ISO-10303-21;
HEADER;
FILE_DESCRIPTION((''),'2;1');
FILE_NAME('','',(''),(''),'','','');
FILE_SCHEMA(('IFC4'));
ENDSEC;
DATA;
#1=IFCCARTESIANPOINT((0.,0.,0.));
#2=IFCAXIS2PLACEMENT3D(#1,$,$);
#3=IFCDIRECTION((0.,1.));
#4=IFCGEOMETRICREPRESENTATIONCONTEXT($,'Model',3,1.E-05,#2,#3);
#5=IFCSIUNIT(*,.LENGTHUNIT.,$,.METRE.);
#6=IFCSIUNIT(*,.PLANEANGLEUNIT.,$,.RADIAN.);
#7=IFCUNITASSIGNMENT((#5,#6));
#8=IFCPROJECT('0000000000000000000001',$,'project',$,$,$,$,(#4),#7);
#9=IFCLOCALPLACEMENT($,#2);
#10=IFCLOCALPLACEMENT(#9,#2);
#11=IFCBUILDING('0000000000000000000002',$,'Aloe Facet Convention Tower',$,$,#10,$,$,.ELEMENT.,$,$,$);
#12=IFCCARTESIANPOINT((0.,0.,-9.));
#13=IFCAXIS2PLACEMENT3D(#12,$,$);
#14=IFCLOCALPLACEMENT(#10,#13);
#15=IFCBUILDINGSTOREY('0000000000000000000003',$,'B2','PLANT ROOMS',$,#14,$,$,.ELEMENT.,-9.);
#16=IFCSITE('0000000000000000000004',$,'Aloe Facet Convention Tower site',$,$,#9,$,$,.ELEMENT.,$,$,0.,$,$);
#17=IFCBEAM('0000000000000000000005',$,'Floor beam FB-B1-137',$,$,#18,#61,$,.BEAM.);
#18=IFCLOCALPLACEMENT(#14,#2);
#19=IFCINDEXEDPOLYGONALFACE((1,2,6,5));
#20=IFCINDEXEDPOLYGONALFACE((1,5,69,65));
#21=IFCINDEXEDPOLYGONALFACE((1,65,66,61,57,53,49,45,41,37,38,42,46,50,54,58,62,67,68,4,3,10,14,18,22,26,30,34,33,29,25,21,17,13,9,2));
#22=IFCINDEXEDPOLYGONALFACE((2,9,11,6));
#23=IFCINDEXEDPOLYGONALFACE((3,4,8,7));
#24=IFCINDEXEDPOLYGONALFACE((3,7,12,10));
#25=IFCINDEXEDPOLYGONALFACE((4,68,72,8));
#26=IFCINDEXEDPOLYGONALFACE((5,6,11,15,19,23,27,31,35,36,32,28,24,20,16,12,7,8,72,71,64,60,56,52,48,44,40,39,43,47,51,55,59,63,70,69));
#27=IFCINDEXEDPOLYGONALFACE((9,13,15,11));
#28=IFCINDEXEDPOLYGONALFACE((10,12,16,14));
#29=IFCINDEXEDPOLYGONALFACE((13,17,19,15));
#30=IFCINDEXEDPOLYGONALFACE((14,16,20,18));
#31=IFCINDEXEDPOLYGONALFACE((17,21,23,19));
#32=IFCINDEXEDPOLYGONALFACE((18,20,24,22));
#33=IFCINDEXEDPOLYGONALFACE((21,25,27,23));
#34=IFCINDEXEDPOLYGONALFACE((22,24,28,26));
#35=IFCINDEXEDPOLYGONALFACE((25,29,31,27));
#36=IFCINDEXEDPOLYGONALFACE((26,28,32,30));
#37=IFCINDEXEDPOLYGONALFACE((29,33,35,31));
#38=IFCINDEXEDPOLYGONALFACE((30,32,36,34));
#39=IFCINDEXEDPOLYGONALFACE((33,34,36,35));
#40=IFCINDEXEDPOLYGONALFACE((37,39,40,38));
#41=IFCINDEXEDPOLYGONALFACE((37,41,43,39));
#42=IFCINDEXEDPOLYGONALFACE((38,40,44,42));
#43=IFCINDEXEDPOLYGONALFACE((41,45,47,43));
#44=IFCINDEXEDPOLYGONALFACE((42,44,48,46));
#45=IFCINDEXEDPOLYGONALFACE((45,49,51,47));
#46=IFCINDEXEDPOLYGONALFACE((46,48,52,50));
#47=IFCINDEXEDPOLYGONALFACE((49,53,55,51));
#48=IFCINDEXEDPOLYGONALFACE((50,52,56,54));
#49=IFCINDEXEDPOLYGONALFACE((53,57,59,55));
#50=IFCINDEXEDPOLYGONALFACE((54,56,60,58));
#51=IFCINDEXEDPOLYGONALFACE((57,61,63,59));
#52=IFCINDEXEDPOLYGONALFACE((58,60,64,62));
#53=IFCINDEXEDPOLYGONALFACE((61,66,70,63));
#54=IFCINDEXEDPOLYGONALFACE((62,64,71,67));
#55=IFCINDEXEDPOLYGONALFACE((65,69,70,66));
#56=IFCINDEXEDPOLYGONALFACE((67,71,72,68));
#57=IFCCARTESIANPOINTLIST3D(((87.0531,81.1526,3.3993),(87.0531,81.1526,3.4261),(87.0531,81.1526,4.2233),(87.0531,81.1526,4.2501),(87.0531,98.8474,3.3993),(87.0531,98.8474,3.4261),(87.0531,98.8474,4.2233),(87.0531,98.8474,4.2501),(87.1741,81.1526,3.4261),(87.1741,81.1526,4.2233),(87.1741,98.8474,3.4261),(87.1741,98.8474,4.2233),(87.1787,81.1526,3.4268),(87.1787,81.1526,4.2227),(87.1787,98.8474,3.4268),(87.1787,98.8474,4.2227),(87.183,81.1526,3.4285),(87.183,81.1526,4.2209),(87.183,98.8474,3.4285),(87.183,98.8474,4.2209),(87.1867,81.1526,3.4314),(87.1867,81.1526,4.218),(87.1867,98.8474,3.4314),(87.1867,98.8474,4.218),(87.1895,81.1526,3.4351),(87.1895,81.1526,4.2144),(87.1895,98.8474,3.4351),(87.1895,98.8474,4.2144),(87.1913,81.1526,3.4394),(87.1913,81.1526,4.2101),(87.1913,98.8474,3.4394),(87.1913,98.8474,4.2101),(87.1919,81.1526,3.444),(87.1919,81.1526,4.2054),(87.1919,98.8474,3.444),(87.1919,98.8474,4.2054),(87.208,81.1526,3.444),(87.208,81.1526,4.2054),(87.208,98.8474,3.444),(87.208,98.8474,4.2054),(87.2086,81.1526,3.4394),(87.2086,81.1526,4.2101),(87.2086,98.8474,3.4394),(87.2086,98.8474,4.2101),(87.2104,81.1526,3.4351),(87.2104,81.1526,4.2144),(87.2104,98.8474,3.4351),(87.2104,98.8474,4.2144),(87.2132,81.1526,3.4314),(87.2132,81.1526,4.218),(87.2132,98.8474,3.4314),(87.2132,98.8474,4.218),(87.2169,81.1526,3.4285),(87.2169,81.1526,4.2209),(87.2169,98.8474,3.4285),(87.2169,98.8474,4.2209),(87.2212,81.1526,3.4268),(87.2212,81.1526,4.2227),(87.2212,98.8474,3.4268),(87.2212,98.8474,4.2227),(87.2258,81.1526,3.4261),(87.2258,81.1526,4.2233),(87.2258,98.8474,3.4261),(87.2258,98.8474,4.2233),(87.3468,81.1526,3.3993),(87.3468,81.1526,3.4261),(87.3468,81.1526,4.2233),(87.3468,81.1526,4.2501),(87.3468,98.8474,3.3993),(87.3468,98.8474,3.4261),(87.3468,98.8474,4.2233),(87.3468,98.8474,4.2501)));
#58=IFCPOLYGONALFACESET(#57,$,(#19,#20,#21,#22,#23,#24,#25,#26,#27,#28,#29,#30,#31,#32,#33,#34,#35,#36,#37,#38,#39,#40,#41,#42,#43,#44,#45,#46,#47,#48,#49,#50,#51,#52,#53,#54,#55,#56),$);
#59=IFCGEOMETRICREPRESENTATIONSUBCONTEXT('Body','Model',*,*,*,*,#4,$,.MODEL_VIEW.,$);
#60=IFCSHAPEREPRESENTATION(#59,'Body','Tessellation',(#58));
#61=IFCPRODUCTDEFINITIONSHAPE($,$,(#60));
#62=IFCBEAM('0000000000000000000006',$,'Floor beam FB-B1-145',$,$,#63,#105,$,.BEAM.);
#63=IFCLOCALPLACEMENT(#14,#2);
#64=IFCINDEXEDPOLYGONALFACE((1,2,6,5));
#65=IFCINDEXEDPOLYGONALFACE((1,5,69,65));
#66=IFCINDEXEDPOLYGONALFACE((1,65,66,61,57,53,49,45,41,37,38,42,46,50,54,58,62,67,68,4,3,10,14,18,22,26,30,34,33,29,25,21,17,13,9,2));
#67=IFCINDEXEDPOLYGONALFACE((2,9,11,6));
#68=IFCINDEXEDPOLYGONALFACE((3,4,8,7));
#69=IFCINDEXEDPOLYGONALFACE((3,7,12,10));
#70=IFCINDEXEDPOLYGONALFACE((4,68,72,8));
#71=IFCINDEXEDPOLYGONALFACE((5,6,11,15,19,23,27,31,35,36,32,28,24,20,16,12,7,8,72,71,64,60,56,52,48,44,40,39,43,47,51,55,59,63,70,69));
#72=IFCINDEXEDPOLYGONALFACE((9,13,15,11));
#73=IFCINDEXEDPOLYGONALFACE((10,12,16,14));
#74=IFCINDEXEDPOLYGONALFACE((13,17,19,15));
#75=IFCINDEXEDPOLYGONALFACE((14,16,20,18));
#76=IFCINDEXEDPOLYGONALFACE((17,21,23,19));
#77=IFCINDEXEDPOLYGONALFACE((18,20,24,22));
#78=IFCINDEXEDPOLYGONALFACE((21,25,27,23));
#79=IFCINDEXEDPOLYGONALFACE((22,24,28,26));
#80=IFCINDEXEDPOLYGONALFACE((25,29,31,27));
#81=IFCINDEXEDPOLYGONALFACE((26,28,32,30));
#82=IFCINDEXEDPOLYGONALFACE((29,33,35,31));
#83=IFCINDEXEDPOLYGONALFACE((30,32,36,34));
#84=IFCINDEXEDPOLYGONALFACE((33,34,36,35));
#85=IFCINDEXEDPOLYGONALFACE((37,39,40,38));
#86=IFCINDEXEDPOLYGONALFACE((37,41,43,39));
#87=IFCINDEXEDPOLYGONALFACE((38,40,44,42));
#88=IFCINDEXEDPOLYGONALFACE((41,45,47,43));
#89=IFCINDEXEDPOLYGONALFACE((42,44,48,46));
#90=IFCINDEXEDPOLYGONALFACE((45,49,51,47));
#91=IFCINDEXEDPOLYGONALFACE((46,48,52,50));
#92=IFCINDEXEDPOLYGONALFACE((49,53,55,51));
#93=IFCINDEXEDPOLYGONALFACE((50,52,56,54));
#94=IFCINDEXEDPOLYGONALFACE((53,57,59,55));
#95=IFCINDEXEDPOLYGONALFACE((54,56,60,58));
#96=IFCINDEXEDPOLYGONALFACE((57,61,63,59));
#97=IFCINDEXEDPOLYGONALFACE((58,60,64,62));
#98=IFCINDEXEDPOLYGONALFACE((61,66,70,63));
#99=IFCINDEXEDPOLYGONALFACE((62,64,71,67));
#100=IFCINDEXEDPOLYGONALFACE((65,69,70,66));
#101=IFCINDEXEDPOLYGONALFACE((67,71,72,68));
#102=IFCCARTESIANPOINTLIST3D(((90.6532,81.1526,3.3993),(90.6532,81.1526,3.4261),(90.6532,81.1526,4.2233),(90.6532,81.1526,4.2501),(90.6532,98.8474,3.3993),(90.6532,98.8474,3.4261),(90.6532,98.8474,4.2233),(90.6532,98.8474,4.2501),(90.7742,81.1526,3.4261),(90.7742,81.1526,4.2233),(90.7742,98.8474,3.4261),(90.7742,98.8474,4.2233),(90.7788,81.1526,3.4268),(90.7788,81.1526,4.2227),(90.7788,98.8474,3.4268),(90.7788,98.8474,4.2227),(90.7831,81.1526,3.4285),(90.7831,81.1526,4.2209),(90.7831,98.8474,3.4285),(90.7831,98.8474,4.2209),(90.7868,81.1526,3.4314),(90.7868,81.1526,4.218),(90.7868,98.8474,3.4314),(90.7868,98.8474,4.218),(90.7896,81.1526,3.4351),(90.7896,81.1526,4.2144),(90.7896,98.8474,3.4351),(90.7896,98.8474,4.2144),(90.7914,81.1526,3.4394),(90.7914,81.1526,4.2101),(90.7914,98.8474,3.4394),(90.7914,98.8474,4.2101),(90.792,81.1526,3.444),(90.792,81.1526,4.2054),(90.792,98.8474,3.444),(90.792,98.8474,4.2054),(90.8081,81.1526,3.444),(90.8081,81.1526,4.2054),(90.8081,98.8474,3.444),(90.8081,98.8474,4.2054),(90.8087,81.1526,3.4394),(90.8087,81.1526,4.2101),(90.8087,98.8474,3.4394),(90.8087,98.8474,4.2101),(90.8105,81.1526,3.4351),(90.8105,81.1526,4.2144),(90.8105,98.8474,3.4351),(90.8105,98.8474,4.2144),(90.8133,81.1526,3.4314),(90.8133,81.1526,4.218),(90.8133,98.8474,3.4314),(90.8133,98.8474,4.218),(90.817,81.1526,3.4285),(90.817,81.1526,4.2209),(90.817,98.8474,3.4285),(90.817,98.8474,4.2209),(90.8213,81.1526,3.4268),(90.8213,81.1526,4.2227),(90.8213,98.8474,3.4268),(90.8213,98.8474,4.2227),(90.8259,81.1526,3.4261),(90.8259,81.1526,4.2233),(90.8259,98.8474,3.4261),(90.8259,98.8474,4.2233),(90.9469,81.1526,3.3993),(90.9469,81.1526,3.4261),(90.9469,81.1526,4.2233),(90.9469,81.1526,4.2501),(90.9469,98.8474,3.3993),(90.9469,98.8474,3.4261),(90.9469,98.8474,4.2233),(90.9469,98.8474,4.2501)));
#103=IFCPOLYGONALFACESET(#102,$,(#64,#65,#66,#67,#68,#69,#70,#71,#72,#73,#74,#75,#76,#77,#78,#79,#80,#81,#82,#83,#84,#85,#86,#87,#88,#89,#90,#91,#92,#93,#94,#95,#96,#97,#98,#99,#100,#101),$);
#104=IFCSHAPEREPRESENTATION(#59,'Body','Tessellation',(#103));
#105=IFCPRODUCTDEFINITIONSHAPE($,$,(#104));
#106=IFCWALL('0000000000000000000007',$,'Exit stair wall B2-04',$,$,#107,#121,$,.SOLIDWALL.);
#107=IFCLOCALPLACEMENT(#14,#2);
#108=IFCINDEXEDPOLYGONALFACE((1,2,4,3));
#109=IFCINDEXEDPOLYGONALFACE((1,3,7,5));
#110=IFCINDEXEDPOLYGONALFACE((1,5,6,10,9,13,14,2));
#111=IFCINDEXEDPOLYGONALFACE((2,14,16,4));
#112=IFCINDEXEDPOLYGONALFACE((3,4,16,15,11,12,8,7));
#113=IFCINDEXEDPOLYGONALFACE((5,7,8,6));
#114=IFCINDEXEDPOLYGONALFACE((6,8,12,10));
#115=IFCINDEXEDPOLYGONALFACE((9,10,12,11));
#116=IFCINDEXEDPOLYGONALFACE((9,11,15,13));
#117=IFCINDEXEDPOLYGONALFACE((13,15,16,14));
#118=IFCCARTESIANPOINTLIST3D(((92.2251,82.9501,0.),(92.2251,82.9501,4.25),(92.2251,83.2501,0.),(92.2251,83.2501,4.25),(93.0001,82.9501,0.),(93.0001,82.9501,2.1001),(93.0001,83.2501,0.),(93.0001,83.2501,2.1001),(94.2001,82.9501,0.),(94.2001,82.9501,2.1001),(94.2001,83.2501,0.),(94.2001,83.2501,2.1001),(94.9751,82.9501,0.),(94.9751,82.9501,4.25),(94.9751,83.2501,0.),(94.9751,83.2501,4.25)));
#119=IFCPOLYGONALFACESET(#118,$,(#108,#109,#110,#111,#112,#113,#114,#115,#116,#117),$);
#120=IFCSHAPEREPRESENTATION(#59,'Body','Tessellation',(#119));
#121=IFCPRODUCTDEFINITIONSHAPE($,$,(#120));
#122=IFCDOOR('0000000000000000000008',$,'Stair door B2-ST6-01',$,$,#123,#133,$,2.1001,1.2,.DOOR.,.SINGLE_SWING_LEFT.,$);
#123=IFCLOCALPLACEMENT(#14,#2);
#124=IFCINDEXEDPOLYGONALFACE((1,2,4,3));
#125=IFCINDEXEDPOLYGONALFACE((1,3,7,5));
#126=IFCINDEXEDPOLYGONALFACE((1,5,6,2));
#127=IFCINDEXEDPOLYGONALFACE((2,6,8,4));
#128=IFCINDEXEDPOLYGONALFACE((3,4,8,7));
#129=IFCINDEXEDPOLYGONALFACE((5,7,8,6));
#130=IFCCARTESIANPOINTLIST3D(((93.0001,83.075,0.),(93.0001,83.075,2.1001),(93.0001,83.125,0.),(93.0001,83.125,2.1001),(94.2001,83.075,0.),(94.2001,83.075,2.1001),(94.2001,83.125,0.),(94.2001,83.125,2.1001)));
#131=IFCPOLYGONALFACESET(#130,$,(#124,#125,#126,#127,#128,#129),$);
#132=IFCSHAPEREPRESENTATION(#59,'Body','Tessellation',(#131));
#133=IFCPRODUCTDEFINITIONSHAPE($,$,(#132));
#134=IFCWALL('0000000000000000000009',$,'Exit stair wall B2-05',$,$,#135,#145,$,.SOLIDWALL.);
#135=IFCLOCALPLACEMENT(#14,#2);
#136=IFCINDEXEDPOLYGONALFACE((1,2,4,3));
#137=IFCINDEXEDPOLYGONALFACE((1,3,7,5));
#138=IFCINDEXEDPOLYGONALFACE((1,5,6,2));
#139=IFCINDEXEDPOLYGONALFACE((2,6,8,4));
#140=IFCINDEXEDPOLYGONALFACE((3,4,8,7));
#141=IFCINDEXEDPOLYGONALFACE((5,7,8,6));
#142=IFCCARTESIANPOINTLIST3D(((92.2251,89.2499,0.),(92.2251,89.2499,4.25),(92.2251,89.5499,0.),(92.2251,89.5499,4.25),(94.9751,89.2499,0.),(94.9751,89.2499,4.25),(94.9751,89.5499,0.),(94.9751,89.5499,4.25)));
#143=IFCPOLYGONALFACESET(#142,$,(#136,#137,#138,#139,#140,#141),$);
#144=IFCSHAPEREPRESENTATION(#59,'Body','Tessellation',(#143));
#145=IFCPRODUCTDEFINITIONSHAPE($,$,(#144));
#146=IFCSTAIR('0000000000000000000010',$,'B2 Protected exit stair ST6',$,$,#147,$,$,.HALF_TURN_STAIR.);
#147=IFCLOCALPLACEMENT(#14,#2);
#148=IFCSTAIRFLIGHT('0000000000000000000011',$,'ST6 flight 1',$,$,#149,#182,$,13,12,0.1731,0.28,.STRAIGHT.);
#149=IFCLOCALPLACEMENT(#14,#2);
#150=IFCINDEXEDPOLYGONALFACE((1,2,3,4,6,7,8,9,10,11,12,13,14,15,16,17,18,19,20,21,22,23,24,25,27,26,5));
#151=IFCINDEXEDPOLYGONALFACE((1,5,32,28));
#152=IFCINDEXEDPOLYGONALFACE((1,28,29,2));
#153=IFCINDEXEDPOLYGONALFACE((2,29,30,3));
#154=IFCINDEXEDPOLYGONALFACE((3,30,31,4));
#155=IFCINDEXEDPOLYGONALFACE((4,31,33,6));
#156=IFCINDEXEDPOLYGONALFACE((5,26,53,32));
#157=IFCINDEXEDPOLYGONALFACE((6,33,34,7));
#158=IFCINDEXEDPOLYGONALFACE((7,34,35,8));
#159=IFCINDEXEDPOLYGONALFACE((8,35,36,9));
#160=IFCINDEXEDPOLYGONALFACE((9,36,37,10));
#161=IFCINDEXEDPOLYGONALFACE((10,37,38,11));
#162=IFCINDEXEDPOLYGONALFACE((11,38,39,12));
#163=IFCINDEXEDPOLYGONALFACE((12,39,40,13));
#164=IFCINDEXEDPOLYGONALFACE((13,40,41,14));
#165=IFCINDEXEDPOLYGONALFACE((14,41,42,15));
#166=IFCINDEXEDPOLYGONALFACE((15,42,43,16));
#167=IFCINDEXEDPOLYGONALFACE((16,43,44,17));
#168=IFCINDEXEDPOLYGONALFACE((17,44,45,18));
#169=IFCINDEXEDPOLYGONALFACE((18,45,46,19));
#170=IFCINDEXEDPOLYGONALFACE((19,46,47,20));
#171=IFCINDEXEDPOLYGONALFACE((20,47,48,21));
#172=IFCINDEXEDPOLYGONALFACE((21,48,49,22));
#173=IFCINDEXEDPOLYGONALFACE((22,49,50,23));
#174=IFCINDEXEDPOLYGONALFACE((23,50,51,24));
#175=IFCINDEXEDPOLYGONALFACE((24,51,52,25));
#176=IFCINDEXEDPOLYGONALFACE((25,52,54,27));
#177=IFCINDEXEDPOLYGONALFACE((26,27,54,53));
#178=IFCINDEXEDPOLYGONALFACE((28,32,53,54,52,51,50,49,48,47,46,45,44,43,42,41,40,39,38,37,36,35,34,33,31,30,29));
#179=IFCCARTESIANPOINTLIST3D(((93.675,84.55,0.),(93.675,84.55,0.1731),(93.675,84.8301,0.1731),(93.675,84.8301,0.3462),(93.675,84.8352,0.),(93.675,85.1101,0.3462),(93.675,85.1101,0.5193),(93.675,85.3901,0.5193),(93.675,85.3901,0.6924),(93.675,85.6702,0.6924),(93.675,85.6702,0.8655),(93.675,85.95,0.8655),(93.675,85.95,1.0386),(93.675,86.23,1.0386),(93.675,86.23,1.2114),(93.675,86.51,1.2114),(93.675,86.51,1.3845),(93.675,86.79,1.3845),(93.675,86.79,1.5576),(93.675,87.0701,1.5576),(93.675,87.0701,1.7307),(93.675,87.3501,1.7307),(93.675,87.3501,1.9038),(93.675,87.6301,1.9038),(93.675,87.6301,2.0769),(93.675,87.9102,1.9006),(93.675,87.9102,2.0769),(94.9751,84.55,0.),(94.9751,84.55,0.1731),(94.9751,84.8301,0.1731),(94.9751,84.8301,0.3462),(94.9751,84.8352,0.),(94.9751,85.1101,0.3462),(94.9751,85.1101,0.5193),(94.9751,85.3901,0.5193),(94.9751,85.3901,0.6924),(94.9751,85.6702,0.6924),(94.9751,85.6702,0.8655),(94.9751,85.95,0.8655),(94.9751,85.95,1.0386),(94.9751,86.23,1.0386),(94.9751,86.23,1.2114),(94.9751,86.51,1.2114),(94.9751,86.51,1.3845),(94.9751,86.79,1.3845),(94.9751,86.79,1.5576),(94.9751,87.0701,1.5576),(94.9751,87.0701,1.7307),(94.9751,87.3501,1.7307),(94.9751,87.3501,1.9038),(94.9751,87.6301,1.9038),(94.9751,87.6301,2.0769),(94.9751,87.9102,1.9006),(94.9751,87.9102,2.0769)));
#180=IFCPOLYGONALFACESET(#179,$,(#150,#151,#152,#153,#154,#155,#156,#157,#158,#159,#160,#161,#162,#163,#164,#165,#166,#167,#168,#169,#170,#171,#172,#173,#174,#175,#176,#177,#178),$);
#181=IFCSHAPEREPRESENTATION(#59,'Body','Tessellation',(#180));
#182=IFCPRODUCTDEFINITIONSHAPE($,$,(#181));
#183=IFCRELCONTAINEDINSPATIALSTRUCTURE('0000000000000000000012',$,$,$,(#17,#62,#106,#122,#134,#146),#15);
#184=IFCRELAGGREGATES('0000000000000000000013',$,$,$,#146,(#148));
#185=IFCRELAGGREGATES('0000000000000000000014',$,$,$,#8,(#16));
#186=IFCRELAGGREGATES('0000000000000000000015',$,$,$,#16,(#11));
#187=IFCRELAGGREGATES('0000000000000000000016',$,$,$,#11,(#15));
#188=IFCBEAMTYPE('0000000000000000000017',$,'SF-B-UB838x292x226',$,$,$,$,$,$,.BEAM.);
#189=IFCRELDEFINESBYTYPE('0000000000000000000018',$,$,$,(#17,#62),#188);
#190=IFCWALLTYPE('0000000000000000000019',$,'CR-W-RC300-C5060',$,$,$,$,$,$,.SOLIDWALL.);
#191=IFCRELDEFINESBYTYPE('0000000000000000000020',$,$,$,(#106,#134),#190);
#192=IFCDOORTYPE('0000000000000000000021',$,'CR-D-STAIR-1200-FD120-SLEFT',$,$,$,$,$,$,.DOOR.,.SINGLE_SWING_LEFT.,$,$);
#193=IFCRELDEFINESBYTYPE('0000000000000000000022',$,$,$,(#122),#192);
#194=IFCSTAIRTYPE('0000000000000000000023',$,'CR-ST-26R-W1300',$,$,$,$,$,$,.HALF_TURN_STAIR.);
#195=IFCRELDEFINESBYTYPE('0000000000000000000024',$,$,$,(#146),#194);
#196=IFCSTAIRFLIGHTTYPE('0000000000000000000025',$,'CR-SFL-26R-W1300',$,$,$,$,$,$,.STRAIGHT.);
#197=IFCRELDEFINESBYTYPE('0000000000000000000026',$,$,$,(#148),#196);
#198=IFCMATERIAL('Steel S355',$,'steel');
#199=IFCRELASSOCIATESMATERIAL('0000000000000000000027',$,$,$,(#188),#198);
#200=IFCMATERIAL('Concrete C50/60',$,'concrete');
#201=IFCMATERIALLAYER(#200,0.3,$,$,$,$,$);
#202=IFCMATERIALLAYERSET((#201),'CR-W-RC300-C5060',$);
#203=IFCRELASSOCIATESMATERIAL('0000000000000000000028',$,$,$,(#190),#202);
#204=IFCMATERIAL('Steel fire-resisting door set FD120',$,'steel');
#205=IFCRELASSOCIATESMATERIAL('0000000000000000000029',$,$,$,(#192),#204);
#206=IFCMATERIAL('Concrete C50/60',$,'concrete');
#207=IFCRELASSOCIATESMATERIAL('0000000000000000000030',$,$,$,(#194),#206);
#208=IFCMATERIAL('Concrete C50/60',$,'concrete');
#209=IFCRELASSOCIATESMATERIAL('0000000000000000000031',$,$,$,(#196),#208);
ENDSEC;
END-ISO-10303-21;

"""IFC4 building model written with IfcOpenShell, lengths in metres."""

from ifc_helpers import new_model, si_unit, direction, frame, frame_2d, origin, origin_2d, place, context, subcontext, project, spatial, polyline, rectangle, i_section, outline, extrude, material, layer, layer_set, material_profile, profile_set, type_object, element, fill, aggregate, save


model = new_model("IFC4")

# Units and contexts
model_context = context("Model", 3, precision=1e-05, world=origin(), true_north=direction((0.0, 1.0)))
body_context = subcontext(model_context, "Body", "Model", "MODEL_VIEW")
ifc_project = project(units=[si_unit("LENGTHUNIT", "METRE"), si_unit("PLANEANGLEUNIT", "RADIAN")], contexts=[model_context])

# Site, building, storey
site_placement = place(None, origin())
site = spatial("IfcSite", under=ifc_project, at=site_placement, Name="Aloe Facet Convention Tower site", CompositionType="ELEMENT", RefElevation=0.0)
building_placement = place(site_placement, origin())
building = spatial("IfcBuilding", under=site, at=building_placement, Name="Aloe Facet Convention Tower", CompositionType="ELEMENT")
storey_placement = place(building_placement, frame((0.0, 0.0, -9.0)))
storey = spatial("IfcBuildingStorey", under=building, at=storey_placement, Name="B2", Description="PLANT ROOMS", CompositionType="ELEMENT", Elevation=-9.0)

# Beams
ifc_material_1 = material(Name="Steel S355", Category="steel")
ifc_material_profile_1 = material_profile(ifc_material_1, i_section(OverallWidth=0.2937, OverallDepth=0.8508, WebThickness=0.0161, FlangeThickness=0.0269, FilletRadius=0.0178, at=origin_2d()), Name="UB 838x292x226")
ifc_profile_set_1 = profile_set([ifc_material_profile_1], Name="Steel S355")
beam_type_1 = type_object("IfcBeamType", Name="SF-B-UB838x292x226", PredefinedType="BEAM", material=ifc_profile_set_1)
for number, where, z_axis, x_axis, name in (
    (1, (87.2, 81.1526, 3.8247), (0.0, 1.0, 0.0), (-1.0, 0.0, 0.0), "Floor beam FB-B1-137"),
    (2, (90.8, 81.1526, 3.8247), (0.0, 1.0, 0.0), (-1.0, 0.0, 0.0), "Floor beam FB-B1-145"),
):
    element("IfcBeam", number, at=place(storey_placement, frame(where, z_axis=z_axis, x_axis=x_axis)), inside=storey, type_object=beam_type_1, Name=name, PredefinedType="BEAM", context=body_context, shape_type="SweptSolid", body=[
        extrude(i_section(OverallWidth=0.2937, OverallDepth=0.8508, WebThickness=0.0161, FlangeThickness=0.0269, FilletRadius=0.0178, at=origin_2d()), origin(), (0.0, 0.0, 1.0), 17.6948),
    ])

# Wall, opening, door
ifc_material_2 = material(Name="Concrete C50/60", Category="concrete")
ifc_layer = layer(ifc_material_2, 0.3)
ifc_layer_set = layer_set([ifc_layer], Name="CR-W-RC300-C5060")
wall_type = type_object("IfcWallType", Name="CR-W-RC300-C5060", PredefinedType="SOLIDWALL", material=ifc_layer_set)
wall_1_placement = place(storey_placement, frame((92.2251, 83.1001, 0.0), z_axis=(0.0, 0.0, 1.0), x_axis=(1.0, 0.0, 0.0)))
wall_1 = element("IfcWall", 3, at=wall_1_placement, inside=storey, type_object=wall_type, Name="Exit stair wall B2-04", PredefinedType="SOLIDWALL", context=body_context, shape_type="SweptSolid", body=[
    extrude(rectangle(XDim=2.75, YDim=0.3, at=frame_2d((1.375, 0.0))), origin(), (0.0, 0.0, 1.0), 4.25),
])
opening_placement = place(wall_1_placement, frame((0.7749, 0.0, 0.0)))
opening = element("IfcOpeningElement", 4, at=opening_placement, cuts=wall_1, PredefinedType="OPENING", context=body_context, shape_type="SweptSolid", body=[
    extrude(rectangle(XDim=1.2, YDim=2.1001, at=frame_2d((0.6001, 1.05))), frame((0.0, 0.1602, 0.0), z_axis=(0.0, -1.0, 0.0), x_axis=(1.0, 0.0, 0.0)), (0.0, 0.0, 1.0), 0.3201),
])
ifc_material_3 = material(Name="Steel fire-resisting door set FD120", Category="steel")
door_type = type_object("IfcDoorType", Name="CR-D-STAIR-1200-FD120-SLEFT", OperationType="SINGLE_SWING_LEFT", PredefinedType="DOOR", material=ifc_material_3)
door_placement = place(opening_placement, origin())
door = element("IfcDoor", 5, at=door_placement, inside=storey, type_object=door_type, Name="Stair door B2-ST6-01", OperationType="SINGLE_SWING_LEFT", OverallHeight=2.1001, OverallWidth=1.2, PredefinedType="DOOR", context=body_context, shape_type="SweptSolid", body=[
    extrude(rectangle(XDim=1.2, YDim=2.1001, at=frame_2d((0.6001, 1.05))), frame((0.0, 0.0249, 0.0), z_axis=(0.0, -1.0, 0.0), x_axis=(1.0, 0.0, 0.0)), (0.0, 0.0, 1.0), 0.05),
])
fill(opening, door)

# Wall
wall_2_placement = place(storey_placement, frame((92.2251, 89.3999, 0.0), z_axis=(0.0, 0.0, 1.0), x_axis=(1.0, 0.0, 0.0)))
element("IfcWall", 6, at=wall_2_placement, inside=storey, type_object=wall_type, Name="Exit stair wall B2-05", PredefinedType="SOLIDWALL", context=body_context, shape_type="SweptSolid", body=[
    extrude(rectangle(XDim=2.75, YDim=0.3, at=frame_2d((1.375, 0.0))), origin(), (0.0, 0.0, 1.0), 4.25),
])

# Stair, stair flight
ifc_material_4 = material(Name="Concrete C50/60", Category="concrete")
stair_type = type_object("IfcStairType", Name="CR-ST-26R-W1300", PredefinedType="HALF_TURN_STAIR", material=ifc_material_4)
stair_placement = place(storey_placement, origin())
stair = element("IfcStair", 7, at=stair_placement, inside=storey, type_object=stair_type, Name="B2 Protected exit stair ST6", PredefinedType="HALF_TURN_STAIR")
ifc_material_5 = material(Name="Concrete C50/60", Category="concrete")
stair_flight_type = type_object("IfcStairFlightType", Name="CR-SFL-26R-W1300", PredefinedType="STRAIGHT", material=ifc_material_5)
stair_flight_1_placement = place(storey_placement, frame((94.325, 84.55, 0.0), z_axis=(0.0, 0.0, 1.0), x_axis=(0.0, 1.0, 0.0)))
stair_flight_1 = element("IfcStairFlight", 8, at=stair_flight_1_placement, type_object=stair_flight_type, Name="ST6 flight 1", NumberOfRisers=13, NumberOfTreads=12, PredefinedType="STRAIGHT", RiserHeight=0.1731, TreadLength=0.28, context=body_context, shape_type="SweptSolid", body=[
    extrude(outline(polyline([(0.0, 0.0), (0.0, 0.1731), (0.28, 0.1731), (0.28, 0.3462), (0.5601, 0.3462), (0.5601, 0.5193), (0.8401, 0.5193), (0.8401, 0.6924), (1.1201, 0.6924), (1.1201, 0.8655), (1.3999, 0.8655), (1.3999, 1.0386), (1.6799, 1.0386), (1.6799, 1.2114), (1.96, 1.2114), (1.96, 1.3845), (2.24, 1.3845), (2.24, 1.5576), (2.52, 1.5576), (2.52, 1.7307), (2.8, 1.7307), (2.8, 1.9038), (3.0801, 1.9038), (3.0801, 2.0769), (3.3601, 2.0769), (3.3601, 2.25), (3.3601, 1.9006), (0.2852, 0.0), (0.0, 0.0)])), frame((0.0, 0.6499, 0.0), z_axis=(0.0, -1.0, 0.0), x_axis=(1.0, 0.0, 0.0)), (0.0, 0.0, 1.0), 1.3),
])
aggregate(stair, [stair_flight_1])

save(model, "model.ifc")
